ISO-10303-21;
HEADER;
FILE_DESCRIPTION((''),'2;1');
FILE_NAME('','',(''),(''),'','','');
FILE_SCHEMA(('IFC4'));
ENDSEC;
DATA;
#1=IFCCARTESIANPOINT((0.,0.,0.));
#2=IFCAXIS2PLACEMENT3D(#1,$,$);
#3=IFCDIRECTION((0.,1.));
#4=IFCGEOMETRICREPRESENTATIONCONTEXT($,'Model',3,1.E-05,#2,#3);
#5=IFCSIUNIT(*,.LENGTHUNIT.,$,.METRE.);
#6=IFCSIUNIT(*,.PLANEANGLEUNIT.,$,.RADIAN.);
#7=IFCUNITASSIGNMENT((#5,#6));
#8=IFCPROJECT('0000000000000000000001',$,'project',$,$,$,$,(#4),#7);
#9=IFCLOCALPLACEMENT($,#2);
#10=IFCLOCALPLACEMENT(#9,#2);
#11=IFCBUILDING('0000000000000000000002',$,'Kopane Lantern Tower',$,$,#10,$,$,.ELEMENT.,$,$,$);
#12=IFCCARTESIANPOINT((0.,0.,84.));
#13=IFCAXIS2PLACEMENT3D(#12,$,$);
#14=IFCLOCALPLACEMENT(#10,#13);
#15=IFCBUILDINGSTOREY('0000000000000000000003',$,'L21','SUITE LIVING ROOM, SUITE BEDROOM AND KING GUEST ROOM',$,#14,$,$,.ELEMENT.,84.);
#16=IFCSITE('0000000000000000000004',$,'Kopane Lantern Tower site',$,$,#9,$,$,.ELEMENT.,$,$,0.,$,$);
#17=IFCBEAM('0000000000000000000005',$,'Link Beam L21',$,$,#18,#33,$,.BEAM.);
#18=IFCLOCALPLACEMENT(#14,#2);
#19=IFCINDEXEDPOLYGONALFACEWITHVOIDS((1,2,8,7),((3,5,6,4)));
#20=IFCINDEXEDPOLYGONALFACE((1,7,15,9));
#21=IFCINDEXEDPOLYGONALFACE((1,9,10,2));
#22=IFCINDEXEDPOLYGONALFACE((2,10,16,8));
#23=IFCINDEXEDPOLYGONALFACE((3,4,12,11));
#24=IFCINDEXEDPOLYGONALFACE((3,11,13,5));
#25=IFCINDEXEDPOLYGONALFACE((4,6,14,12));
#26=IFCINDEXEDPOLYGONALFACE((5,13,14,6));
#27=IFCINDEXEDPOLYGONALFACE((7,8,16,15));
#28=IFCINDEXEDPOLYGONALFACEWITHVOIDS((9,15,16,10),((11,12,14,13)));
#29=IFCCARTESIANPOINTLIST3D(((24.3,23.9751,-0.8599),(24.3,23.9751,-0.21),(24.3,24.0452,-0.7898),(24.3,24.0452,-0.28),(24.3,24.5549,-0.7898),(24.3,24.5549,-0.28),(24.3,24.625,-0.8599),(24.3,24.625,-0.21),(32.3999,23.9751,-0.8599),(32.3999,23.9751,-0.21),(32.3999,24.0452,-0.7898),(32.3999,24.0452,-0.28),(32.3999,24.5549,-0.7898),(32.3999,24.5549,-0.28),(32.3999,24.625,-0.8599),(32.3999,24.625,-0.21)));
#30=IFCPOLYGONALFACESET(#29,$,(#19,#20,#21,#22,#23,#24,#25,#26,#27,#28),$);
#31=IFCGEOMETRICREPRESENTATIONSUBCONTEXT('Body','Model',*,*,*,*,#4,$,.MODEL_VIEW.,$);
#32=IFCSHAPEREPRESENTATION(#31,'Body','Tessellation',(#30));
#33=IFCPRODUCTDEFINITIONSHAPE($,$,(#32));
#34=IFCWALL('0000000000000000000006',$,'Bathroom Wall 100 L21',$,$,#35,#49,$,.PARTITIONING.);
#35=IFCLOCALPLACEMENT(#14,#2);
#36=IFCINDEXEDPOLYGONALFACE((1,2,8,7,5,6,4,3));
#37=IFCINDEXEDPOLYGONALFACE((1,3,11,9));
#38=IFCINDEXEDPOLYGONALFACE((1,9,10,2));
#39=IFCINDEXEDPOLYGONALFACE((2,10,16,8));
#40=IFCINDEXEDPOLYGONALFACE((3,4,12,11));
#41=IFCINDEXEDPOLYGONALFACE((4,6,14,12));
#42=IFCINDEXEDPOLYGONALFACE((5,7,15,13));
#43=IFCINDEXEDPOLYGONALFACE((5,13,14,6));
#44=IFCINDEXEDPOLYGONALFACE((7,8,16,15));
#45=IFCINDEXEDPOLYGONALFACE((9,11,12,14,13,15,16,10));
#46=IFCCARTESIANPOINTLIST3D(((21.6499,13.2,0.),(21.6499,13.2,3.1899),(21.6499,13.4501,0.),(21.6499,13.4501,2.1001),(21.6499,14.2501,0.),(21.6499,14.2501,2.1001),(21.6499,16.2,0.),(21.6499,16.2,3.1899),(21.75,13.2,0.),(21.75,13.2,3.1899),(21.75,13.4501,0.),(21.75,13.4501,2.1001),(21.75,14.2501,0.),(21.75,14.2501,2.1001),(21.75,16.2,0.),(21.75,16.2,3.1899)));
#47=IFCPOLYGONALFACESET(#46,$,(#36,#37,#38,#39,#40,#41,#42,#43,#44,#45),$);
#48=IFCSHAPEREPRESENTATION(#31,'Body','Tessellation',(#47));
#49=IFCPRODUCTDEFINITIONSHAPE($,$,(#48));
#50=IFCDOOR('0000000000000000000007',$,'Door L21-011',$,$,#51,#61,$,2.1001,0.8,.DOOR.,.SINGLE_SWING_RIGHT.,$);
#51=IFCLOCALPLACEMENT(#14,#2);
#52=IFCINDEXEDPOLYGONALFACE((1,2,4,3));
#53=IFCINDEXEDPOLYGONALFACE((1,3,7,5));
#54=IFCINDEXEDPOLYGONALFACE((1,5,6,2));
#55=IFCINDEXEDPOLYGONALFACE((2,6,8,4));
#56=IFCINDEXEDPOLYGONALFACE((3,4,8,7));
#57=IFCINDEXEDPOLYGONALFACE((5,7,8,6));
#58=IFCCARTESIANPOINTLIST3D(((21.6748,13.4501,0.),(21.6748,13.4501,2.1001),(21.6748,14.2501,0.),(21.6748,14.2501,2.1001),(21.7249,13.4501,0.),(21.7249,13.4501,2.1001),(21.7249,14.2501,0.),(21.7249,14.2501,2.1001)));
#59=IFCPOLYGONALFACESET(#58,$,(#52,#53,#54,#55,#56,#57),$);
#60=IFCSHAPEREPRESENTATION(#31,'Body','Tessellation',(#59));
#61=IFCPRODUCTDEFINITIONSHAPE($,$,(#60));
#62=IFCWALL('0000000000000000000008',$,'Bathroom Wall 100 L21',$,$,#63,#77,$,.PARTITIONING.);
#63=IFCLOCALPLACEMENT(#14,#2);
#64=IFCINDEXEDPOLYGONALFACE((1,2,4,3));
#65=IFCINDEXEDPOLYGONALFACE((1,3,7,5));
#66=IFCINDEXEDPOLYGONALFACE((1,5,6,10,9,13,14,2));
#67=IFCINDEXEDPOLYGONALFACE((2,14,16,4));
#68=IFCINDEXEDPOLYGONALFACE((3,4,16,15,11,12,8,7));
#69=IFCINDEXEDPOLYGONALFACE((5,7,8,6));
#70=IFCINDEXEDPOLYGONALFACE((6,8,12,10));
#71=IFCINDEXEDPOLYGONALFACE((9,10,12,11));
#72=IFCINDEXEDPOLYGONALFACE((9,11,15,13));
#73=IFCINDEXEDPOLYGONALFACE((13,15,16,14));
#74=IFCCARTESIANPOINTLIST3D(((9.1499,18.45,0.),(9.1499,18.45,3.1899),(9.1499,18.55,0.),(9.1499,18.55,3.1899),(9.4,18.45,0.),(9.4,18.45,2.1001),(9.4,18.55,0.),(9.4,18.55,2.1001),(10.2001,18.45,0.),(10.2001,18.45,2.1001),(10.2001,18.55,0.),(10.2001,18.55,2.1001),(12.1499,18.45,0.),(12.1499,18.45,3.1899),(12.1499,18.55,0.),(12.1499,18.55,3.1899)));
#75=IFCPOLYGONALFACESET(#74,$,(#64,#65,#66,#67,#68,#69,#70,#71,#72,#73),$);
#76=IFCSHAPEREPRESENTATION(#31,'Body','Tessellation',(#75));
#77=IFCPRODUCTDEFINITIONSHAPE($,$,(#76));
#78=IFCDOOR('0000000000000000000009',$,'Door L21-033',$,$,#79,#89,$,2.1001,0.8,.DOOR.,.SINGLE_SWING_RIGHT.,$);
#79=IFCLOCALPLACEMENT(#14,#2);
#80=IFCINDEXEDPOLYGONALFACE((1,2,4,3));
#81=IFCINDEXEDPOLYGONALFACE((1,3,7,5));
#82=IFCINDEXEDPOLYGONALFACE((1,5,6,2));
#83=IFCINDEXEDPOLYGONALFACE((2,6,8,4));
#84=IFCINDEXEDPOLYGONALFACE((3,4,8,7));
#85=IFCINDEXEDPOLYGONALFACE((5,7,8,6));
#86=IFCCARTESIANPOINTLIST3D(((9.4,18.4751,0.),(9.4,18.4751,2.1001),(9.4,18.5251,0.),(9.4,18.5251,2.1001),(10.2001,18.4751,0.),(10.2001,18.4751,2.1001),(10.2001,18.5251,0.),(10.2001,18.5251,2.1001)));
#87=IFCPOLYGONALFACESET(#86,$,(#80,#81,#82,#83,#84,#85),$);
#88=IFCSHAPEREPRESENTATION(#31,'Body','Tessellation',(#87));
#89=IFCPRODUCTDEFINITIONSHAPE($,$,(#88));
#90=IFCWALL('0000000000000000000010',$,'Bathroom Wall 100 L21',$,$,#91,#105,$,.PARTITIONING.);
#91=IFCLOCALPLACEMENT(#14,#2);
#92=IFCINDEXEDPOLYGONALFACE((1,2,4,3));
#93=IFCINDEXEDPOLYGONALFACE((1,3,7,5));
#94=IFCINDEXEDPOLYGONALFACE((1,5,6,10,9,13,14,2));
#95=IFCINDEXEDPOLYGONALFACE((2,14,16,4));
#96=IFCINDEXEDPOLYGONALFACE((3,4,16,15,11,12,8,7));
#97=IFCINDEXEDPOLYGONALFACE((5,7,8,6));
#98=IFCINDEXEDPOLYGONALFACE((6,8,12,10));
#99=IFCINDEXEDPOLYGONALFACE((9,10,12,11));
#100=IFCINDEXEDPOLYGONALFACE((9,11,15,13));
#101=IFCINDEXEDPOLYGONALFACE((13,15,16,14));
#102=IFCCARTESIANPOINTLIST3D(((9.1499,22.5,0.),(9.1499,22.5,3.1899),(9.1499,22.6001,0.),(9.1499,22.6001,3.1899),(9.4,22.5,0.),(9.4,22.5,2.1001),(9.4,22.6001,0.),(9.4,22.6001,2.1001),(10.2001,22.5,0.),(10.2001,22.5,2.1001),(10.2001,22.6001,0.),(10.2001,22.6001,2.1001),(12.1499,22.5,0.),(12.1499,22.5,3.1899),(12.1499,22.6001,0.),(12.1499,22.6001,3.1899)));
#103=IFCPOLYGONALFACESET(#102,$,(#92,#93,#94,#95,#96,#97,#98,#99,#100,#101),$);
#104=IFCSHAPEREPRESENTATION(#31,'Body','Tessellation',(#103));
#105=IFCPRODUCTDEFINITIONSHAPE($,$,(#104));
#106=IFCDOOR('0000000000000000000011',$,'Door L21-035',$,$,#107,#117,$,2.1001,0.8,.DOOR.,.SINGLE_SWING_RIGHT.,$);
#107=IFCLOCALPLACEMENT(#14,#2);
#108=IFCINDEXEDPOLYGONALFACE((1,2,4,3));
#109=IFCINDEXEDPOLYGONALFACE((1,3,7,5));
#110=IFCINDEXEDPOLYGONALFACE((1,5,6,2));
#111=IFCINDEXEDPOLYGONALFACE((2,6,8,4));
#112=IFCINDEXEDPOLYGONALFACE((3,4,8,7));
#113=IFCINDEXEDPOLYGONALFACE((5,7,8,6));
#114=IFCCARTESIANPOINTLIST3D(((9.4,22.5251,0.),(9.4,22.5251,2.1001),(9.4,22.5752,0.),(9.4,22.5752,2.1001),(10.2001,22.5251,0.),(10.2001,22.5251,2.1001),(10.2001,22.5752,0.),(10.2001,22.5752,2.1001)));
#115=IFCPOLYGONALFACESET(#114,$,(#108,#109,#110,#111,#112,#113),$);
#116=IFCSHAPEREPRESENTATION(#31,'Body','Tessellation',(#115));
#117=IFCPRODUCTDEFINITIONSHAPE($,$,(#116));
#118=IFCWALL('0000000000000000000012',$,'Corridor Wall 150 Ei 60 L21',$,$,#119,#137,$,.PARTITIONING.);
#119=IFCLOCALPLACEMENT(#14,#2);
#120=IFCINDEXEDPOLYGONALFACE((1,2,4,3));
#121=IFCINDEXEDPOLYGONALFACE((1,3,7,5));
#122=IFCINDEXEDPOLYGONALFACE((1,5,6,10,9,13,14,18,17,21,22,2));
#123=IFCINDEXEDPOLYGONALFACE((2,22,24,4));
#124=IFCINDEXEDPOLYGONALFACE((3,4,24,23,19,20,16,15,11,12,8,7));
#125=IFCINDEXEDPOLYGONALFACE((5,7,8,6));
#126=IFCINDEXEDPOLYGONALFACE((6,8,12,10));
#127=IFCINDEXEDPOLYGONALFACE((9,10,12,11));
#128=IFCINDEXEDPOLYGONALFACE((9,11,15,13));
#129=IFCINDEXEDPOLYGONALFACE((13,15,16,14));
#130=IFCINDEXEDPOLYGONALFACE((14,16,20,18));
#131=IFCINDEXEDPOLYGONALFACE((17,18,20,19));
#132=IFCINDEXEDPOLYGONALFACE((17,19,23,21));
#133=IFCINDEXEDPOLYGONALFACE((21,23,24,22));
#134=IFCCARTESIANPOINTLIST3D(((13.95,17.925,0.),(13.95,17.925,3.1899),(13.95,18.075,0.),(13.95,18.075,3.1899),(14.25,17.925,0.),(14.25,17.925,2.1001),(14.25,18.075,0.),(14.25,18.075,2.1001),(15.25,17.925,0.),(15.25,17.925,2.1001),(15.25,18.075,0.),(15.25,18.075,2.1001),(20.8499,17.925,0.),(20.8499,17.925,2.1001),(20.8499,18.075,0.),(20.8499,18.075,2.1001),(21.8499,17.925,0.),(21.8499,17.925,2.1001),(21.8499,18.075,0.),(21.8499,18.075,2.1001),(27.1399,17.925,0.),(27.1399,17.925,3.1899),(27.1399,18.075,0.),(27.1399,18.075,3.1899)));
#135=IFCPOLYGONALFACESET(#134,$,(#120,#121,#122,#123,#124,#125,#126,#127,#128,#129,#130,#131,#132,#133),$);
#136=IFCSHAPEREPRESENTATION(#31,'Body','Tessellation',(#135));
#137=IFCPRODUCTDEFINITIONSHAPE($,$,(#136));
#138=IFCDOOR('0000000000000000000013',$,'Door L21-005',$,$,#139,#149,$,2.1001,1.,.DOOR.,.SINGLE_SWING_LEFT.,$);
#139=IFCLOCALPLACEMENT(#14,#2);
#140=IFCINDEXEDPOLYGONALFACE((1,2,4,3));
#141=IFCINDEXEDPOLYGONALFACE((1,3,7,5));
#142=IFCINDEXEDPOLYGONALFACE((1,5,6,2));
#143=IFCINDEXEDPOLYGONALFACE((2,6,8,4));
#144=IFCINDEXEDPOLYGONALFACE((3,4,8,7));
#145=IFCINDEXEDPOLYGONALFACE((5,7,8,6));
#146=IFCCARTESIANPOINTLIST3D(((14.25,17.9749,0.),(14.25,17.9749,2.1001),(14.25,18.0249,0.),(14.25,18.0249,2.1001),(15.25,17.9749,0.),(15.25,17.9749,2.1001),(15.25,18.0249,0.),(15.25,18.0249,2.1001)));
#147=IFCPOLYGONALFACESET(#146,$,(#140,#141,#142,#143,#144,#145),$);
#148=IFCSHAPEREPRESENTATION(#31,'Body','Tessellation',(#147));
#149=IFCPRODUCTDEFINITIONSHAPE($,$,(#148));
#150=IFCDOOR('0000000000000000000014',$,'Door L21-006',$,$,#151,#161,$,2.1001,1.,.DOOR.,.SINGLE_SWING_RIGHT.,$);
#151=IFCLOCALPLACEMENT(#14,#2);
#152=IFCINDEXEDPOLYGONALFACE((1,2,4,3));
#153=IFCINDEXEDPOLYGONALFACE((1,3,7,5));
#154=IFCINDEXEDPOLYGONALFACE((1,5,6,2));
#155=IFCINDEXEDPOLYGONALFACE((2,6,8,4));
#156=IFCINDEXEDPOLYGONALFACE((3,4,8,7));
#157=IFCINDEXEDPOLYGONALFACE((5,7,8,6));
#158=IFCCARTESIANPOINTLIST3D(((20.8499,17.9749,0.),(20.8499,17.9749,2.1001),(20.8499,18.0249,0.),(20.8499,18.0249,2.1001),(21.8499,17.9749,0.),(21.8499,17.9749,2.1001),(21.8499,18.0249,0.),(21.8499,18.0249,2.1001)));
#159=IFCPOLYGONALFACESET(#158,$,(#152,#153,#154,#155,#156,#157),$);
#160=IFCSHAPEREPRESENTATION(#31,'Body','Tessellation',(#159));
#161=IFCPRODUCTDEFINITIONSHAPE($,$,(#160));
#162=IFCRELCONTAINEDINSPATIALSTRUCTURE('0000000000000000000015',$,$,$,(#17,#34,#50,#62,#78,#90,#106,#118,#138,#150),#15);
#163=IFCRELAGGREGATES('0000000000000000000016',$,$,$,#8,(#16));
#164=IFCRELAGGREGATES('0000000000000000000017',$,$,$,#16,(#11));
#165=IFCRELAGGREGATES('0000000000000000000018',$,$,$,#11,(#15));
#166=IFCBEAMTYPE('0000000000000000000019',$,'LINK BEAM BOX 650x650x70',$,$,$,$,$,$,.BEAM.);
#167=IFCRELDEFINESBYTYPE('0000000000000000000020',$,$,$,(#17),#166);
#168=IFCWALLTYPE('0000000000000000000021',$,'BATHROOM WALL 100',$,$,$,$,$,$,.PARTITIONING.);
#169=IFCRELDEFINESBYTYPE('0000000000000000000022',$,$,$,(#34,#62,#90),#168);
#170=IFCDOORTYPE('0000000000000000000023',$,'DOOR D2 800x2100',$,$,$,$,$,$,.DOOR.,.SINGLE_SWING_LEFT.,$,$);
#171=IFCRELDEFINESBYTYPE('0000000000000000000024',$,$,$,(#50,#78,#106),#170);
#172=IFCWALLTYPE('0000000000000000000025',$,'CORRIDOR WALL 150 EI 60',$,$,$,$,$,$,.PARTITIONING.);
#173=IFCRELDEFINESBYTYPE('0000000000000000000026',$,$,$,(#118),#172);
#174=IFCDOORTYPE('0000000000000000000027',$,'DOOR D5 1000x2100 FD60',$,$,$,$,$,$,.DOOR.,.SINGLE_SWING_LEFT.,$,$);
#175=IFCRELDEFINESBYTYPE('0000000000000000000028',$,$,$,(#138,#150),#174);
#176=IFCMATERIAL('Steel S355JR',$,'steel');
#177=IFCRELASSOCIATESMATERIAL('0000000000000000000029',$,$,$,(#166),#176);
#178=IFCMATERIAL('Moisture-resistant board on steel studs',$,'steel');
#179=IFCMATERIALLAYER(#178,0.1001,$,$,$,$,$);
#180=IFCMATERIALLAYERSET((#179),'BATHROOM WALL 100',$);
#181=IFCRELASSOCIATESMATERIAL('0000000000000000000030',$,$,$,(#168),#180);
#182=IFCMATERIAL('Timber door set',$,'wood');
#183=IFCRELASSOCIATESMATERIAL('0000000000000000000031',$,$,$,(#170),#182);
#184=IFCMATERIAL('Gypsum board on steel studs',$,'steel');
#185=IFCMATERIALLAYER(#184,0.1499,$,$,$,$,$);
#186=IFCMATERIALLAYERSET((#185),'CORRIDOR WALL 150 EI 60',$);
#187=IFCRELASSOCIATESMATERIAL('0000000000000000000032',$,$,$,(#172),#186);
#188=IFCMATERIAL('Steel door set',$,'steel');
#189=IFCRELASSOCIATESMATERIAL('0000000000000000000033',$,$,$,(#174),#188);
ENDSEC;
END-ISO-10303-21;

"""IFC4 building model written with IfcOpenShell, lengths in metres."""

from ifc_helpers import new_model, si_unit, direction, frame, frame_2d, origin, origin_2d, place, context, subcontext, project, spatial, rectangle, hollow_rectangle, extrude, material, layer, layer_set, material_profile, profile_set, type_object, element, fill, save


model = new_model("IFC4")

# Units and contexts
model_context = context("Model", 3, precision=1e-05, world=origin(), true_north=direction((0.0, 1.0)))
body_context = subcontext(model_context, "Body", "Model", "MODEL_VIEW")
ifc_project = project(units=[si_unit("LENGTHUNIT", "METRE"), si_unit("PLANEANGLEUNIT", "RADIAN")], contexts=[model_context])

# Site, building, storey
site_placement = place(None, origin())
site = spatial("IfcSite", under=ifc_project, at=site_placement, Name="Kopane Lantern Tower site", CompositionType="ELEMENT", RefElevation=0.0)
building_placement = place(site_placement, origin())
building = spatial("IfcBuilding", under=site, at=building_placement, Name="Kopane Lantern Tower", CompositionType="ELEMENT")
storey_placement = place(building_placement, frame((0.0, 0.0, 84.0)))
storey = spatial("IfcBuildingStorey", under=building, at=storey_placement, Name="L21", Description="SUITE LIVING ROOM, SUITE BEDROOM AND KING GUEST ROOM", CompositionType="ELEMENT", Elevation=84.0)

# Beam
ifc_material_1 = material(Name="Steel S355JR", Category="steel")
ifc_material_profile_1 = material_profile(ifc_material_1, hollow_rectangle(XDim=0.6499, YDim=0.6499, WallThickness=0.0701, at=origin_2d()), Name="BOX 650x650x70")
ifc_profile_set_1 = profile_set([ifc_material_profile_1], Name="Steel S355JR")
beam_type_1 = type_object("IfcBeamType", Name="LINK BEAM BOX 650x650x70", PredefinedType="BEAM", material=ifc_profile_set_1)
beam_1_placement = place(storey_placement, frame((24.3, 24.3, -0.5349), z_axis=(1.0, 0.0, 0.0), x_axis=(0.0, 1.0, 0.0)))
element("IfcBeam", 1, at=beam_1_placement, inside=storey, type_object=beam_type_1, Name="Link Beam L21", PredefinedType="BEAM", context=body_context, shape_type="SweptSolid", body=[
    extrude(hollow_rectangle(XDim=0.6499, YDim=0.6499, WallThickness=0.0701, at=origin_2d()), origin(), (0.0, 0.0, 1.0), 8.0999),
])

# Walls, openings, doors
ifc_material_2 = material(Name="Moisture-resistant board on steel studs", Category="steel")
ifc_layer_1 = layer(ifc_material_2, 0.1001)
ifc_layer_set_1 = layer_set([ifc_layer_1], Name="BATHROOM WALL 100")
wall_type_1 = type_object("IfcWallType", Name="BATHROOM WALL 100", PredefinedType="PARTITIONING", material=ifc_layer_set_1)
wall_1_placement = place(storey_placement, frame((21.7, 16.2, 0.0), z_axis=(0.0, 0.0, 1.0), x_axis=(0.0, -1.0, 0.0)))
wall_1 = element("IfcWall", 2, at=wall_1_placement, inside=storey, type_object=wall_type_1, Name="Bathroom Wall 100 L21", PredefinedType="PARTITIONING", context=body_context, shape_type="SweptSolid", body=[
    extrude(rectangle(XDim=3.0, YDim=0.1001, at=frame_2d((1.5, 0.0))), origin(), (0.0, 0.0, 1.0), 3.1899),
])
opening_1_placement = place(wall_1_placement, frame((1.95, 0.0, 0.0)))
opening_1 = element("IfcOpeningElement", 3, at=opening_1_placement, cuts=wall_1, PredefinedType="OPENING", context=body_context, shape_type="SweptSolid", body=[
    extrude(rectangle(XDim=0.8, YDim=2.1001, at=frame_2d((0.3999, 1.05))), frame((0.0, 0.0601, 0.0), z_axis=(0.0, -1.0, 0.0), x_axis=(1.0, 0.0, 0.0)), (0.0, 0.0, 1.0), 0.1201),
])
ifc_material_3 = material(Name="Timber door set", Category="wood")
door_type_1 = type_object("IfcDoorType", Name="DOOR D2 800x2100", OperationType="SINGLE_SWING_LEFT", PredefinedType="DOOR", material=ifc_material_3)
door_1_placement = place(opening_1_placement, origin())
door_1 = element("IfcDoor", 4, at=door_1_placement, inside=storey, type_object=door_type_1, Name="Door L21-011", OperationType="SINGLE_SWING_RIGHT", OverallHeight=2.1001, OverallWidth=0.8, PredefinedType="DOOR", context=body_context, shape_type="SweptSolid", body=[
    extrude(rectangle(XDim=0.8, YDim=2.1001, at=frame_2d((0.3999, 1.05))), frame((0.0, 0.0249, 0.0), z_axis=(0.0, -1.0, 0.0), x_axis=(1.0, 0.0, 0.0)), (0.0, 0.0, 1.0), 0.05),
])
fill(opening_1, door_1)
wall_2_placement = place(storey_placement, frame((12.1499, 18.5, 0.0), z_axis=(0.0, 0.0, 1.0), x_axis=(-1.0, 0.0, 0.0)))
wall_2 = element("IfcWall", 5, at=wall_2_placement, inside=storey, type_object=wall_type_1, Name="Bathroom Wall 100 L21", PredefinedType="PARTITIONING", context=body_context, shape_type="SweptSolid", body=[
    extrude(rectangle(XDim=3.0, YDim=0.1001, at=frame_2d((1.5, 0.0))), origin(), (0.0, 0.0, 1.0), 3.1899),
])
opening_2_placement = place(wall_2_placement, frame((1.95, 0.0, 0.0)))
opening_2 = element("IfcOpeningElement", 6, at=opening_2_placement, cuts=wall_2, PredefinedType="OPENING", context=body_context, shape_type="SweptSolid", body=[
    extrude(rectangle(XDim=0.8, YDim=2.1001, at=frame_2d((0.3999, 1.05))), frame((0.0, 0.0601, 0.0), z_axis=(0.0, -1.0, 0.0), x_axis=(1.0, 0.0, 0.0)), (0.0, 0.0, 1.0), 0.1201),
])
door_2_placement = place(opening_2_placement, origin())
door_2 = element("IfcDoor", 7, at=door_2_placement, inside=storey, type_object=door_type_1, Name="Door L21-033", OperationType="SINGLE_SWING_RIGHT", OverallHeight=2.1001, OverallWidth=0.8, PredefinedType="DOOR", context=body_context, shape_type="SweptSolid", body=[
    extrude(rectangle(XDim=0.8, YDim=2.1001, at=frame_2d((0.3999, 1.05))), frame((0.0, 0.0249, 0.0), z_axis=(0.0, -1.0, 0.0), x_axis=(1.0, 0.0, 0.0)), (0.0, 0.0, 1.0), 0.05),
])
fill(opening_2, door_2)
wall_3_placement = place(storey_placement, frame((12.1499, 22.55, 0.0), z_axis=(0.0, 0.0, 1.0), x_axis=(-1.0, 0.0, 0.0)))
wall_3 = element("IfcWall", 8, at=wall_3_placement, inside=storey, type_object=wall_type_1, Name="Bathroom Wall 100 L21", PredefinedType="PARTITIONING", context=body_context, shape_type="SweptSolid", body=[
    extrude(rectangle(XDim=3.0, YDim=0.1001, at=frame_2d((1.5, 0.0))), origin(), (0.0, 0.0, 1.0), 3.1899),
])
opening_3_placement = place(wall_3_placement, frame((1.95, 0.0, 0.0)))
opening_3 = element("IfcOpeningElement", 9, at=opening_3_placement, cuts=wall_3, PredefinedType="OPENING", context=body_context, shape_type="SweptSolid", body=[
    extrude(rectangle(XDim=0.8, YDim=2.1001, at=frame_2d((0.3999, 1.05))), frame((0.0, 0.0601, 0.0), z_axis=(0.0, -1.0, 0.0), x_axis=(1.0, 0.0, 0.0)), (0.0, 0.0, 1.0), 0.1201),
])
door_3_placement = place(opening_3_placement, origin())
door_3 = element("IfcDoor", 10, at=door_3_placement, inside=storey, type_object=door_type_1, Name="Door L21-035", OperationType="SINGLE_SWING_RIGHT", OverallHeight=2.1001, OverallWidth=0.8, PredefinedType="DOOR", context=body_context, shape_type="SweptSolid", body=[
    extrude(rectangle(XDim=0.8, YDim=2.1001, at=frame_2d((0.3999, 1.05))), frame((0.0, 0.0249, 0.0), z_axis=(0.0, -1.0, 0.0), x_axis=(1.0, 0.0, 0.0)), (0.0, 0.0, 1.0), 0.05),
])
fill(opening_3, door_3)

# Wall, openings, doors
ifc_material_4 = material(Name="Gypsum board on steel studs", Category="steel")
ifc_layer_2 = layer(ifc_material_4, 0.1499)
ifc_layer_set_2 = layer_set([ifc_layer_2], Name="CORRIDOR WALL 150 EI 60")
wall_type_2 = type_object("IfcWallType", Name="CORRIDOR WALL 150 EI 60", PredefinedType="PARTITIONING", material=ifc_layer_set_2)
wall_4_placement = place(storey_placement, frame((13.95, 18.0, 0.0), z_axis=(0.0, 0.0, 1.0), x_axis=(1.0, 0.0, 0.0)))
wall_4 = element("IfcWall", 11, at=wall_4_placement, inside=storey, type_object=wall_type_2, Name="Corridor Wall 150 Ei 60 L21", PredefinedType="PARTITIONING", context=body_context, shape_type="SweptSolid", body=[
    extrude(rectangle(XDim=13.1899, YDim=0.1499, at=frame_2d((6.595, 0.0))), origin(), (0.0, 0.0, 1.0), 3.1899),
])
opening_4_placement = place(wall_4_placement, frame((0.3, 0.0, 0.0)))
opening_4 = element("IfcOpeningElement", 12, at=opening_4_placement, cuts=wall_4, PredefinedType="OPENING", context=body_context, shape_type="SweptSolid", body=[
    extrude(rectangle(XDim=1.0, YDim=2.1001, at=frame_2d((0.5, 1.05))), frame((0.0, 0.085, 0.0), z_axis=(0.0, -1.0, 0.0), x_axis=(1.0, 0.0, 0.0)), (0.0, 0.0, 1.0), 0.1699),
])
opening_5_placement = place(wall_4_placement, frame((6.8999, 0.0, 0.0)))
opening_5 = element("IfcOpeningElement", 13, at=opening_5_placement, cuts=wall_4, PredefinedType="OPENING", context=body_context, shape_type="SweptSolid", body=[
    extrude(rectangle(XDim=1.0, YDim=2.1001, at=frame_2d((0.5, 1.05))), frame((0.0, 0.085, 0.0), z_axis=(0.0, -1.0, 0.0), x_axis=(1.0, 0.0, 0.0)), (0.0, 0.0, 1.0), 0.1699),
])
ifc_material_5 = material(Name="Steel door set", Category="steel")
door_type_2 = type_object("IfcDoorType", Name="DOOR D5 1000x2100 FD60", OperationType="SINGLE_SWING_LEFT", PredefinedType="DOOR", material=ifc_material_5)
door_4_placement = place(opening_4_placement, origin())
door_4 = element("IfcDoor", 14, at=door_4_placement, inside=storey, type_object=door_type_2, Name="Door L21-005", OperationType="SINGLE_SWING_LEFT", OverallHeight=2.1001, OverallWidth=1.0, PredefinedType="DOOR", context=body_context, shape_type="SweptSolid", body=[
    extrude(rectangle(XDim=1.0, YDim=2.1001, at=frame_2d((0.5, 1.05))), frame((0.0, 0.0249, 0.0), z_axis=(0.0, -1.0, 0.0), x_axis=(1.0, 0.0, 0.0)), (0.0, 0.0, 1.0), 0.05),
])
fill(opening_4, door_4)
door_5_placement = place(opening_5_placement, origin())
door_5 = element("IfcDoor", 15, at=door_5_placement, inside=storey, type_object=door_type_2, Name="Door L21-006", OperationType="SINGLE_SWING_RIGHT", OverallHeight=2.1001, OverallWidth=1.0, PredefinedType="DOOR", context=body_context, shape_type="SweptSolid", body=[
    extrude(rectangle(XDim=1.0, YDim=2.1001, at=frame_2d((0.5, 1.05))), frame((0.0, 0.0249, 0.0), z_axis=(0.0, -1.0, 0.0), x_axis=(1.0, 0.0, 0.0)), (0.0, 0.0, 1.0), 0.05),
])
fill(opening_5, door_5)

save(model, "model.ifc")
